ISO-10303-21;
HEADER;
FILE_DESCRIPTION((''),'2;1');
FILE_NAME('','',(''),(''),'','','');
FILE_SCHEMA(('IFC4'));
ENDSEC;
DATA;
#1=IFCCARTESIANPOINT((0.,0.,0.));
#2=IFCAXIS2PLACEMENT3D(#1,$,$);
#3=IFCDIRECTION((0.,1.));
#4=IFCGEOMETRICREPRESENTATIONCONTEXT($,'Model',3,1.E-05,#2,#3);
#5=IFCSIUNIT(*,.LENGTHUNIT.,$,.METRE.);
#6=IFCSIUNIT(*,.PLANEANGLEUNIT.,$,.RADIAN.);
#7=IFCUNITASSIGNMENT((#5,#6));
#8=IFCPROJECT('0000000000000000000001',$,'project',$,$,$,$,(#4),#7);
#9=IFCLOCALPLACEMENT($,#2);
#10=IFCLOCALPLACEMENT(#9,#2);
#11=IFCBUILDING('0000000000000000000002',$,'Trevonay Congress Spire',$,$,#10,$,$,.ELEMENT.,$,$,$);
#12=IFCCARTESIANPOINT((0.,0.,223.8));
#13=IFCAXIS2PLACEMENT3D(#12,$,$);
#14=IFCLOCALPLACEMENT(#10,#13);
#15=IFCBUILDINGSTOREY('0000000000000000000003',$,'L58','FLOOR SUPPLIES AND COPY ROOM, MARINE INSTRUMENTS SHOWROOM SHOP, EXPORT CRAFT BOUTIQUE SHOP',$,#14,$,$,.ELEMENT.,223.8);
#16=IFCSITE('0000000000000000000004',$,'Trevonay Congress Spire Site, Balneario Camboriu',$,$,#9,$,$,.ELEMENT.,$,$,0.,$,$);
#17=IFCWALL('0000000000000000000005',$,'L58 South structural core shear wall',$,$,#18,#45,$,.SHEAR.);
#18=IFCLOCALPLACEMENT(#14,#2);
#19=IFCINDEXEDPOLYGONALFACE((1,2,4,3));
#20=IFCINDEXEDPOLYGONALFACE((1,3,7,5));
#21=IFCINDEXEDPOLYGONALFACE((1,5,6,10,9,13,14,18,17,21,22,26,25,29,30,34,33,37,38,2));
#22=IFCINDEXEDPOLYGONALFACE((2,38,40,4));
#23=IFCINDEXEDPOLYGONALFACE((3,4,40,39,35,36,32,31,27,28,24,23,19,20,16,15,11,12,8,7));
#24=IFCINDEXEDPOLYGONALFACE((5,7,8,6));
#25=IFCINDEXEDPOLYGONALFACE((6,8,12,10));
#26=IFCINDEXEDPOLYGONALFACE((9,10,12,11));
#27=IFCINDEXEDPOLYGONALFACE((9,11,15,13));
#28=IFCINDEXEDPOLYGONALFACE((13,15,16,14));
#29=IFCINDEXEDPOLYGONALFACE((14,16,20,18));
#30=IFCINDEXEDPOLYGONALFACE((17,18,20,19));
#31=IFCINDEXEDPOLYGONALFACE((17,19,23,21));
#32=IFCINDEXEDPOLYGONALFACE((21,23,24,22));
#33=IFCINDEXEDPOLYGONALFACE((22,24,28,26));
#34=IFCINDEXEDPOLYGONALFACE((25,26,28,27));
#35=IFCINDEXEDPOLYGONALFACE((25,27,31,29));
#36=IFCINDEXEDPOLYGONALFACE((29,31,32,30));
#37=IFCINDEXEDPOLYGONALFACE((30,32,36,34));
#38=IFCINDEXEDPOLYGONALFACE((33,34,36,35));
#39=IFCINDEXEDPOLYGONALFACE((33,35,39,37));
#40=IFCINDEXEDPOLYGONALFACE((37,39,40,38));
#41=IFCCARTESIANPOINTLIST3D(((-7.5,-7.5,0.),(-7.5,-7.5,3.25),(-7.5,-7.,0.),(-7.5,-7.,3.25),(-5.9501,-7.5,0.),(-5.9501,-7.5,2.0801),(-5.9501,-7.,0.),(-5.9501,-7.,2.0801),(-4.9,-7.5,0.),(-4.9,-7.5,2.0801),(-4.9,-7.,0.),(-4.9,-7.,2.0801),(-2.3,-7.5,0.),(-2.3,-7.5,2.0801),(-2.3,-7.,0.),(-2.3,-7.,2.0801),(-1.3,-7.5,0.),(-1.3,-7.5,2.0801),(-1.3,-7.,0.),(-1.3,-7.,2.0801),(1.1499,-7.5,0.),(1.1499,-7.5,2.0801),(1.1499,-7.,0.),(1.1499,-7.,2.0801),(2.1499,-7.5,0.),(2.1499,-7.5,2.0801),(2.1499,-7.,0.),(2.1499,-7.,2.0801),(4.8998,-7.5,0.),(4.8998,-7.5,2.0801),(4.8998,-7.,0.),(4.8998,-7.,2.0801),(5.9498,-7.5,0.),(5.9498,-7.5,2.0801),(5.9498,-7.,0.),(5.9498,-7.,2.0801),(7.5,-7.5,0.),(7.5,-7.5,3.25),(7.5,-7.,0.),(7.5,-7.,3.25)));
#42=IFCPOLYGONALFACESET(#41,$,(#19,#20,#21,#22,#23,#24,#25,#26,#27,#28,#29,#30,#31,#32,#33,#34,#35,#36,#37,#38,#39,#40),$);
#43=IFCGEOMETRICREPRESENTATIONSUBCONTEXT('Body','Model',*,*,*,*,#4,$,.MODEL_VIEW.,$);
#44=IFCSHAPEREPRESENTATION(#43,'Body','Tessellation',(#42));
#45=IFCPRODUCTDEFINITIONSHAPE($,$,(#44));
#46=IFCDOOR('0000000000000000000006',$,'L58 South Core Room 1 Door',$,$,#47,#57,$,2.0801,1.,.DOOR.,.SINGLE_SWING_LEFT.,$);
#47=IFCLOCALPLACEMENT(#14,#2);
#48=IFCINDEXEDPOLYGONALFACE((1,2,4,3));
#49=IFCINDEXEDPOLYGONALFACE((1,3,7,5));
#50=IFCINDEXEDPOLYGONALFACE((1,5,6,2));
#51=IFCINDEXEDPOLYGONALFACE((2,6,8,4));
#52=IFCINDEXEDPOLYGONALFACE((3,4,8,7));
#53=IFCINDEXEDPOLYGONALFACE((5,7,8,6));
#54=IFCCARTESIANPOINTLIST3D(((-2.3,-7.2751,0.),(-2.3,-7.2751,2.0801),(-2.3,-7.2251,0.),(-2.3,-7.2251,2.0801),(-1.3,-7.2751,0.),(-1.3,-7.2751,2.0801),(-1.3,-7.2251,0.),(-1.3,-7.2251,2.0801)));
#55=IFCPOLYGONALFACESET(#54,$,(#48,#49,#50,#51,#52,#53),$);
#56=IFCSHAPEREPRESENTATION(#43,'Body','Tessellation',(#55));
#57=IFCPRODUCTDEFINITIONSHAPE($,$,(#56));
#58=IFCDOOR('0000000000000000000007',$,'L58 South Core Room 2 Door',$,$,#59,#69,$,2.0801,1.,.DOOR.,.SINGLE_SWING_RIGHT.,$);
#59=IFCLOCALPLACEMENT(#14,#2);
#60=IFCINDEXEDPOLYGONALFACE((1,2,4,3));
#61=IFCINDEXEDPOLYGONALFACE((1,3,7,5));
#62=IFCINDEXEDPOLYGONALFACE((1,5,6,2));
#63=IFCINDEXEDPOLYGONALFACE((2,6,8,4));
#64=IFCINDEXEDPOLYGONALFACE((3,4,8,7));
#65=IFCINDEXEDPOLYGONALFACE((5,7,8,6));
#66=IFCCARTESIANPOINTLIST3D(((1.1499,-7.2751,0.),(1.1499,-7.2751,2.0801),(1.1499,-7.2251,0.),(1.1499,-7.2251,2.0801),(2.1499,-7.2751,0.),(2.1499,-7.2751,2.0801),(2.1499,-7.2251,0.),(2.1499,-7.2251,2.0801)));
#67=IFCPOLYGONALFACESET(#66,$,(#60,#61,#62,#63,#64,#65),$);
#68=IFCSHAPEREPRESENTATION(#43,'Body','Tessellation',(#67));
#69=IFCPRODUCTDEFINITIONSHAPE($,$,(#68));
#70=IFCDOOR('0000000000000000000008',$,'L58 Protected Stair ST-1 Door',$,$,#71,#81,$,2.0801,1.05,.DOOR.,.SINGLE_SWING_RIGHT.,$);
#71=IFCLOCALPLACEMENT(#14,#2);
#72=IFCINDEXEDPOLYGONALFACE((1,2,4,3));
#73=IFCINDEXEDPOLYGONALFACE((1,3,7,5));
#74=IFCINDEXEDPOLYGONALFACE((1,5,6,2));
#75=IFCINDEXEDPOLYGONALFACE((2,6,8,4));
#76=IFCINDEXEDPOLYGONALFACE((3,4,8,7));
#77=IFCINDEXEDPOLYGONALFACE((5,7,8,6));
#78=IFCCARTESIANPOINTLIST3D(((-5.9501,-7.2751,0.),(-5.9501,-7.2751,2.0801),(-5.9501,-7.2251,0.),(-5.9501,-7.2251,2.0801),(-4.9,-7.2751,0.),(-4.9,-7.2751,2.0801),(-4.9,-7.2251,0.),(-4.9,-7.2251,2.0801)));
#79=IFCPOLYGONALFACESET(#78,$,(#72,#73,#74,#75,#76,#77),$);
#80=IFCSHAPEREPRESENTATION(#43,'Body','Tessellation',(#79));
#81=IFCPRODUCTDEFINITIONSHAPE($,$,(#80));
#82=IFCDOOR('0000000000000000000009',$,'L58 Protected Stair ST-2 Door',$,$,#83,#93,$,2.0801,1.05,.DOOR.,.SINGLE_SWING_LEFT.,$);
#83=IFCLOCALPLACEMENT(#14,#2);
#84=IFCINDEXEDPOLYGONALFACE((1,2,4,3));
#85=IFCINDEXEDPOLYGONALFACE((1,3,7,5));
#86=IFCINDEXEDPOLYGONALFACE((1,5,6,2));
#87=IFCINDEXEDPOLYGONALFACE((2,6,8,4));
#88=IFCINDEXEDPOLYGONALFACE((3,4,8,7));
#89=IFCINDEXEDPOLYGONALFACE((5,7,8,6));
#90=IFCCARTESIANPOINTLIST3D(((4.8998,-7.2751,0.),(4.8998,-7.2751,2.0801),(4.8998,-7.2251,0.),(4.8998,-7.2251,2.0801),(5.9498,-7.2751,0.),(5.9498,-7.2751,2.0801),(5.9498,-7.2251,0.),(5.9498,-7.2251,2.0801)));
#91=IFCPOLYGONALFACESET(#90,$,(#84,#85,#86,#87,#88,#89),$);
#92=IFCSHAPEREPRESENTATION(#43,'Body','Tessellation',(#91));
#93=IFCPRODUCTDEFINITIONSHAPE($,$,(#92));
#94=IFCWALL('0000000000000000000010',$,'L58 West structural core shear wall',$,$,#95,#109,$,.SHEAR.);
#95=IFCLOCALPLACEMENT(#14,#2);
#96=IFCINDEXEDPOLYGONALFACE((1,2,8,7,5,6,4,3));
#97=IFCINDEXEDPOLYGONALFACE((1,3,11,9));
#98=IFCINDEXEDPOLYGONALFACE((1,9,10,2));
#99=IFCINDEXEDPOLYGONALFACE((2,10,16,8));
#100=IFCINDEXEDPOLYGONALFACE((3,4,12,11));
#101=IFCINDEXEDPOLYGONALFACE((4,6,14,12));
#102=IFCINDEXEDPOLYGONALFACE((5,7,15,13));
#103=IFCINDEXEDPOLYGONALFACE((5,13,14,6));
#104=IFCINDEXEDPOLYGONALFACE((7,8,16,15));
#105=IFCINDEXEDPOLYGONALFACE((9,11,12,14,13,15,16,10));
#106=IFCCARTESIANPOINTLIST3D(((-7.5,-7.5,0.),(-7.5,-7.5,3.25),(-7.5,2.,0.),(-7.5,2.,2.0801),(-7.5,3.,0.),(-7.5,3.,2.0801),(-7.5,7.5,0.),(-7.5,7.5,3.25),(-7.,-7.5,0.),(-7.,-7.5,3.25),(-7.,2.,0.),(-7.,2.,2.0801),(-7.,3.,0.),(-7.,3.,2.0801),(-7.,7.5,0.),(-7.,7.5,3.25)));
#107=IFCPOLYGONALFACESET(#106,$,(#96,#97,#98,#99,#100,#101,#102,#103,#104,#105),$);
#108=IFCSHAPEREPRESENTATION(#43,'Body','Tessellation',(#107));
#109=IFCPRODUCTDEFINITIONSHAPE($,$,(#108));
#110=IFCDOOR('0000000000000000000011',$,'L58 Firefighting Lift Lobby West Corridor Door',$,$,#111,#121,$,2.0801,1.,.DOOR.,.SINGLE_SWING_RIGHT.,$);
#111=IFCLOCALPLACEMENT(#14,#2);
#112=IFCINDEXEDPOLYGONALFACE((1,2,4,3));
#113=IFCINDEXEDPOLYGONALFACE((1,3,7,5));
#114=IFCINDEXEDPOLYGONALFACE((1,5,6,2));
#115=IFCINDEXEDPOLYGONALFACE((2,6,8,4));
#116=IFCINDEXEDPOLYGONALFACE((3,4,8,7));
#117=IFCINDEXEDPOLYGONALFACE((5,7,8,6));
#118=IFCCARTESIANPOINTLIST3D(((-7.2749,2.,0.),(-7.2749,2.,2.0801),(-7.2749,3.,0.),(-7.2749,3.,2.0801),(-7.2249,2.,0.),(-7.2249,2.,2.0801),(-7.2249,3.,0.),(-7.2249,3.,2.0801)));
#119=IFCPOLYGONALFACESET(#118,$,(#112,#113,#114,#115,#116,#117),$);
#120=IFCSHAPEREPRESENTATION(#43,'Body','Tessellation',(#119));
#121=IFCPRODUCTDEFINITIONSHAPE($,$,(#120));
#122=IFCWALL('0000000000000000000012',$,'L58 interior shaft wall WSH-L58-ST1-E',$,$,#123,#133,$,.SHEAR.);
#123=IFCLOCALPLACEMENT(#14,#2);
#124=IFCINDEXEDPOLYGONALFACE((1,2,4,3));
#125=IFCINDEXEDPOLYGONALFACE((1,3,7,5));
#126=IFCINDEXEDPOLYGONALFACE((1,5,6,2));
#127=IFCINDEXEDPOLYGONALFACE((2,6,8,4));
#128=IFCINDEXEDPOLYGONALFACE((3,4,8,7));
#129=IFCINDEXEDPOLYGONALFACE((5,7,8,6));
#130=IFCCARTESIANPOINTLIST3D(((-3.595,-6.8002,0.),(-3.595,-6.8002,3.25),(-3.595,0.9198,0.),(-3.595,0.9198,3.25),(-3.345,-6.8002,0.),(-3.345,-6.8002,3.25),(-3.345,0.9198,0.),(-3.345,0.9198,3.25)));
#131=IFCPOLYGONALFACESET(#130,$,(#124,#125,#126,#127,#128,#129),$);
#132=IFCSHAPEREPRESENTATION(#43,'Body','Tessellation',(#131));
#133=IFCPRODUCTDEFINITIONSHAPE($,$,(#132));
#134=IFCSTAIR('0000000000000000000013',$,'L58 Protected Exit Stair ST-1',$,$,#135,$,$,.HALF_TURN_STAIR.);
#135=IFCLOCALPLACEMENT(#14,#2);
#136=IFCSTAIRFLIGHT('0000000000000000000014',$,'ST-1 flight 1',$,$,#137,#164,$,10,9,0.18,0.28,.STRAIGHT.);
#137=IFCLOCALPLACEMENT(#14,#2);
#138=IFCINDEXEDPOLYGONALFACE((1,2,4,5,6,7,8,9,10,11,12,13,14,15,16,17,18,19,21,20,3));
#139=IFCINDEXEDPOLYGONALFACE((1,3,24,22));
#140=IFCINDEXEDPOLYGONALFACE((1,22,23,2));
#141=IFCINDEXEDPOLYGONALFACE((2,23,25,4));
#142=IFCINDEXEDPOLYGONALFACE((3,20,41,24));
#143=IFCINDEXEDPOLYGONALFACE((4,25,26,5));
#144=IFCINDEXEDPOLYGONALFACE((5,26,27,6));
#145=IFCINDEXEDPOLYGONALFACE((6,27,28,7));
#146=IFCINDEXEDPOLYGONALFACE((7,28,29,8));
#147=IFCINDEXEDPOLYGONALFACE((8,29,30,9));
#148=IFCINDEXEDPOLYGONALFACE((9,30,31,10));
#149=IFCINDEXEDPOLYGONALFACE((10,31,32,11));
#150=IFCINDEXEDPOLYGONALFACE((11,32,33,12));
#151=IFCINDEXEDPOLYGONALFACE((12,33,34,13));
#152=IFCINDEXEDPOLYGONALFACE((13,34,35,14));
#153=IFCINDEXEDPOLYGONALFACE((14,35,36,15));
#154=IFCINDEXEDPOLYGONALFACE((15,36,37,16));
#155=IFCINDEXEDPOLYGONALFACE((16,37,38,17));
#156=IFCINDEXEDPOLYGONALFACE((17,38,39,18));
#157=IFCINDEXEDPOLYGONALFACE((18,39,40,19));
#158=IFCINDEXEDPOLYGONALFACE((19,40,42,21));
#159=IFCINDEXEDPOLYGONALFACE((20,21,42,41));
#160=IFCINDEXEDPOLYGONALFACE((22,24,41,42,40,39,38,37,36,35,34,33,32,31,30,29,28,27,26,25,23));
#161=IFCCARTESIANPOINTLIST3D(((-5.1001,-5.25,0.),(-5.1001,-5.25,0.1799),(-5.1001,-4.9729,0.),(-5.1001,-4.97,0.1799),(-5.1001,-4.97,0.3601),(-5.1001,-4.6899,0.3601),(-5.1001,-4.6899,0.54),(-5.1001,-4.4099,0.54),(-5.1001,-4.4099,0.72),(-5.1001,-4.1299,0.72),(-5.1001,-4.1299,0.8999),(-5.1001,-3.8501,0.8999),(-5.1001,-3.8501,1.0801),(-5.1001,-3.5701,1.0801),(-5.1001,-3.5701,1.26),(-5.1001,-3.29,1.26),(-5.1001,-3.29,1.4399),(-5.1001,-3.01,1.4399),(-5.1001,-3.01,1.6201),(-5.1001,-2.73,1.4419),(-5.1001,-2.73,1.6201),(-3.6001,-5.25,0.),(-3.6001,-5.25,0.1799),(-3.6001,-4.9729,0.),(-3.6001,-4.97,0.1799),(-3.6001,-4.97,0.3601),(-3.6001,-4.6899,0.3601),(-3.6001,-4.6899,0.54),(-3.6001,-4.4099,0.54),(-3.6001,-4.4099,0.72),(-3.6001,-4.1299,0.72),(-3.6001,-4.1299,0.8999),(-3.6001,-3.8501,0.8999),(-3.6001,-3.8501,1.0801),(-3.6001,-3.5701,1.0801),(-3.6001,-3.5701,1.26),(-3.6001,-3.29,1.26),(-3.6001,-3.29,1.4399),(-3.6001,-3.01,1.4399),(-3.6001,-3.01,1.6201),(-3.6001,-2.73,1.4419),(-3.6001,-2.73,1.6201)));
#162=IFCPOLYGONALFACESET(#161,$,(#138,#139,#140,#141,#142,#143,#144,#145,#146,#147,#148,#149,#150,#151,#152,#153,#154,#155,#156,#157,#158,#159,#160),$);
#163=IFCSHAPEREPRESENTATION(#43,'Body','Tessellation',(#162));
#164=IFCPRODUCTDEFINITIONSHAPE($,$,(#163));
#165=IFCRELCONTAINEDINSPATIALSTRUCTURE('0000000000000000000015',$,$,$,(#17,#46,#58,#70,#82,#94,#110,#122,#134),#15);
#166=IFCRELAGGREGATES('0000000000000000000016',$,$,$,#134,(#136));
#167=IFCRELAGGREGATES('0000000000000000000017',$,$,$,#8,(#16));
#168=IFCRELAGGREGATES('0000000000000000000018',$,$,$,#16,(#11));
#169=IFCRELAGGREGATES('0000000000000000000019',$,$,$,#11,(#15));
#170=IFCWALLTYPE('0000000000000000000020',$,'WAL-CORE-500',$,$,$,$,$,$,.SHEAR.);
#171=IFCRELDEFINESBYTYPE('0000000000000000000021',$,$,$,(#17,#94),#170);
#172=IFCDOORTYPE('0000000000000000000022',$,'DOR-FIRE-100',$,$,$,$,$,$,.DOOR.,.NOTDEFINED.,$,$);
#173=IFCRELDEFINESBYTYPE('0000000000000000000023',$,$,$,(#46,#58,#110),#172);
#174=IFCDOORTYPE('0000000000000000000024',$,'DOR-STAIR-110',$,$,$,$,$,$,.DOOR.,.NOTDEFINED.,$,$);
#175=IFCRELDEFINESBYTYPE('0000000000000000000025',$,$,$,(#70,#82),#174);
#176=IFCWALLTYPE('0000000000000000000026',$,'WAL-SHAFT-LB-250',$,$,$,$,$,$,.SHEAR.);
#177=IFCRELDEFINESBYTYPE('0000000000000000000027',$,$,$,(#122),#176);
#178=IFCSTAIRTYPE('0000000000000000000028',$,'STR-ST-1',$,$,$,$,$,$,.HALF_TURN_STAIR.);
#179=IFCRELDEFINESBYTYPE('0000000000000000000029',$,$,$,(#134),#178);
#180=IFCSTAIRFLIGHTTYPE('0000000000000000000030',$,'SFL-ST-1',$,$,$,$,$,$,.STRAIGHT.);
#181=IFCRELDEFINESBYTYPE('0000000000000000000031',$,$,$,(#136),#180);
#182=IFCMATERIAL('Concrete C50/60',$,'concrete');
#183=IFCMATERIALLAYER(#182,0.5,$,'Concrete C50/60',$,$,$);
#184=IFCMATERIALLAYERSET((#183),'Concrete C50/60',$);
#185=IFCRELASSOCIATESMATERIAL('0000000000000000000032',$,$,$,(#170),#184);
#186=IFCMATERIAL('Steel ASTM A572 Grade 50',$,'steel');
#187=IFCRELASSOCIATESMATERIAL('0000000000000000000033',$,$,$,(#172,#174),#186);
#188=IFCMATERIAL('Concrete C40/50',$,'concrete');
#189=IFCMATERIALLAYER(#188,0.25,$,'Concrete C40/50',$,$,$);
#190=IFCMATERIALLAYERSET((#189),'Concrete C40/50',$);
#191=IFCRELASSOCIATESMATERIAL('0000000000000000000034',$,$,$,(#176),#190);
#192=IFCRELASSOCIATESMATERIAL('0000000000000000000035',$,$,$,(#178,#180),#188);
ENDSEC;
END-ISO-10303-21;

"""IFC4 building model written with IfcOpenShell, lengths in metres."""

from ifc_helpers import new_model, si_unit, direction, frame, frame_2d, origin, place, context, subcontext, project, spatial, polyline, rectangle, outline, extrude, material, layer, layer_set, type_object, element, fill, aggregate, save


model = new_model("IFC4")

# Units and contexts
model_context = context("Model", 3, precision=1e-05, world=origin(), true_north=direction((0.0, 1.0)))
body_context = subcontext(model_context, "Body", "Model", "MODEL_VIEW")
ifc_project = project(units=[si_unit("LENGTHUNIT", "METRE"), si_unit("PLANEANGLEUNIT", "RADIAN")], contexts=[model_context])

# Site, building, storey
site_placement = place(None, origin())
site = spatial("IfcSite", under=ifc_project, at=site_placement, Name="Trevonay Congress Spire Site, Balneario Camboriu", CompositionType="ELEMENT", RefElevation=0.0)
building_placement = place(site_placement, origin())
building = spatial("IfcBuilding", under=site, at=building_placement, Name="Trevonay Congress Spire", CompositionType="ELEMENT")
storey_placement = place(building_placement, frame((0.0, 0.0, 223.8)))
storey = spatial("IfcBuildingStorey", under=building, at=storey_placement, Name="L58", Description="FLOOR SUPPLIES AND COPY ROOM, MARINE INSTRUMENTS SHOWROOM SHOP, EXPORT CRAFT BOUTIQUE SHOP", CompositionType="ELEMENT", Elevation=223.8)

# Shared definitions
ifc_material_1 = material(Name="Steel ASTM A572 Grade 50", Category="steel")

# Wall, openings, doors
ifc_material_2 = material(Name="Concrete C50/60", Category="concrete")
ifc_layer_1 = layer(ifc_material_2, 0.5, Name="Concrete C50/60")
ifc_layer_set_1 = layer_set([ifc_layer_1], Name="Concrete C50/60")
wall_type_1 = type_object("IfcWallType", Name="WAL-CORE-500", PredefinedType="SHEAR", material=ifc_layer_set_1)
wall_1_placement = place(storey_placement, frame((-7.5, -7.25, 0.0), z_axis=(0.0, 0.0, 1.0), x_axis=(1.0, 0.0, 0.0)))
wall_1 = element("IfcWall", 1, at=wall_1_placement, inside=storey, type_object=wall_type_1, Name="L58 South structural core shear wall", PredefinedType="SHEAR", context=body_context, shape_type="SweptSolid", body=[
    extrude(rectangle(XDim=15.0, YDim=0.5, at=frame_2d((7.5, 0.0))), origin(), (0.0, 0.0, 1.0), 3.25),
])
opening_1_placement = place(wall_1_placement, frame((1.55, 0.0, 0.0)))
opening_1 = element("IfcOpeningElement", 2, at=opening_1_placement, cuts=wall_1, PredefinedType="OPENING", context=body_context, shape_type="SweptSolid", body=[
    extrude(rectangle(XDim=1.05, YDim=2.0801, at=frame_2d((0.5249, 1.04))), frame((0.0, 0.26, 0.0), z_axis=(0.0, -1.0, 0.0), x_axis=(1.0, 0.0, 0.0)), (0.0, 0.0, 1.0), 0.52),
])
opening_2_placement = place(wall_1_placement, frame((12.3999, 0.0, 0.0)))
opening_2 = element("IfcOpeningElement", 3, at=opening_2_placement, cuts=wall_1, PredefinedType="OPENING", context=body_context, shape_type="SweptSolid", body=[
    extrude(rectangle(XDim=1.05, YDim=2.0801, at=frame_2d((0.5249, 1.04))), frame((0.0, 0.26, 0.0), z_axis=(0.0, -1.0, 0.0), x_axis=(1.0, 0.0, 0.0)), (0.0, 0.0, 1.0), 0.52),
])
opening_3_placement = place(wall_1_placement, frame((5.2, 0.0, 0.0)))
opening_3 = element("IfcOpeningElement", 4, at=opening_3_placement, cuts=wall_1, PredefinedType="OPENING", context=body_context, shape_type="SweptSolid", body=[
    extrude(rectangle(XDim=1.0, YDim=2.0801, at=frame_2d((0.5, 1.04))), frame((0.0, 0.26, 0.0), z_axis=(0.0, -1.0, 0.0), x_axis=(1.0, 0.0, 0.0)), (0.0, 0.0, 1.0), 0.52),
])
opening_4_placement = place(wall_1_placement, frame((8.6499, 0.0, 0.0)))
opening_4 = element("IfcOpeningElement", 5, at=opening_4_placement, cuts=wall_1, PredefinedType="OPENING", context=body_context, shape_type="SweptSolid", body=[
    extrude(rectangle(XDim=1.0, YDim=2.0801, at=frame_2d((0.5, 1.04))), frame((0.0, 0.26, 0.0), z_axis=(0.0, -1.0, 0.0), x_axis=(1.0, 0.0, 0.0)), (0.0, 0.0, 1.0), 0.52),
])
door_type_1 = type_object("IfcDoorType", Name="DOR-FIRE-100", OperationType="NOTDEFINED", PredefinedType="DOOR", material=ifc_material_1)
door_1_placement = place(opening_3_placement, origin())
door_1 = element("IfcDoor", 6, at=door_1_placement, inside=storey, type_object=door_type_1, Name="L58 South Core Room 1 Door", OperationType="SINGLE_SWING_LEFT", OverallHeight=2.0801, OverallWidth=1.0, PredefinedType="DOOR", context=body_context, shape_type="SweptSolid", body=[
    extrude(rectangle(XDim=1.0, YDim=2.0801, at=frame_2d((0.5, 1.04))), frame((0.0, 0.0249, 0.0), z_axis=(0.0, -1.0, 0.0), x_axis=(1.0, 0.0, 0.0)), (0.0, 0.0, 1.0), 0.05),
])
fill(opening_3, door_1)
door_2_placement = place(opening_4_placement, origin())
door_2 = element("IfcDoor", 7, at=door_2_placement, inside=storey, type_object=door_type_1, Name="L58 South Core Room 2 Door", OperationType="SINGLE_SWING_RIGHT", OverallHeight=2.0801, OverallWidth=1.0, PredefinedType="DOOR", context=body_context, shape_type="SweptSolid", body=[
    extrude(rectangle(XDim=1.0, YDim=2.0801, at=frame_2d((0.5, 1.04))), frame((0.0, 0.0249, 0.0), z_axis=(0.0, -1.0, 0.0), x_axis=(1.0, 0.0, 0.0)), (0.0, 0.0, 1.0), 0.05),
])
fill(opening_4, door_2)
door_type_2 = type_object("IfcDoorType", Name="DOR-STAIR-110", OperationType="NOTDEFINED", PredefinedType="DOOR", material=ifc_material_1)
door_3_placement = place(opening_1_placement, origin())
door_3 = element("IfcDoor", 8, at=door_3_placement, inside=storey, type_object=door_type_2, Name="L58 Protected Stair ST-1 Door", OperationType="SINGLE_SWING_RIGHT", OverallHeight=2.0801, OverallWidth=1.05, PredefinedType="DOOR", context=body_context, shape_type="SweptSolid", body=[
    extrude(rectangle(XDim=1.05, YDim=2.0801, at=frame_2d((0.5249, 1.04))), frame((0.0, 0.0249, 0.0), z_axis=(0.0, -1.0, 0.0), x_axis=(1.0, 0.0, 0.0)), (0.0, 0.0, 1.0), 0.05),
])
fill(opening_1, door_3)
door_4_placement = place(opening_2_placement, origin())
door_4 = element("IfcDoor", 9, at=door_4_placement, inside=storey, type_object=door_type_2, Name="L58 Protected Stair ST-2 Door", OperationType="SINGLE_SWING_LEFT", OverallHeight=2.0801, OverallWidth=1.05, PredefinedType="DOOR", context=body_context, shape_type="SweptSolid", body=[
    extrude(rectangle(XDim=1.05, YDim=2.0801, at=frame_2d((0.5249, 1.04))), frame((0.0, 0.0249, 0.0), z_axis=(0.0, -1.0, 0.0), x_axis=(1.0, 0.0, 0.0)), (0.0, 0.0, 1.0), 0.05),
])
fill(opening_2, door_4)

# Wall, opening, door
wall_2_placement = place(storey_placement, frame((-7.25, -7.5, 0.0), z_axis=(0.0, 0.0, 1.0), x_axis=(0.0, 1.0, 0.0)))
wall_2 = element("IfcWall", 10, at=wall_2_placement, inside=storey, type_object=wall_type_1, Name="L58 West structural core shear wall", PredefinedType="SHEAR", context=body_context, shape_type="SweptSolid", body=[
    extrude(rectangle(XDim=15.0, YDim=0.5, at=frame_2d((7.5, 0.0))), origin(), (0.0, 0.0, 1.0), 3.25),
])
opening_5_placement = place(wall_2_placement, frame((9.5, 0.0, 0.0)))
opening_5 = element("IfcOpeningElement", 11, at=opening_5_placement, cuts=wall_2, PredefinedType="OPENING", context=body_context, shape_type="SweptSolid", body=[
    extrude(rectangle(XDim=1.0, YDim=2.0801, at=frame_2d((0.5, 1.04))), frame((0.0, 0.26, 0.0), z_axis=(0.0, -1.0, 0.0), x_axis=(1.0, 0.0, 0.0)), (0.0, 0.0, 1.0), 0.52),
])
door_5_placement = place(opening_5_placement, origin())
door_5 = element("IfcDoor", 12, at=door_5_placement, inside=storey, type_object=door_type_1, Name="L58 Firefighting Lift Lobby West Corridor Door", OperationType="SINGLE_SWING_RIGHT", OverallHeight=2.0801, OverallWidth=1.0, PredefinedType="DOOR", context=body_context, shape_type="SweptSolid", body=[
    extrude(rectangle(XDim=1.0, YDim=2.0801, at=frame_2d((0.5, 1.04))), frame((0.0, 0.0249, 0.0), z_axis=(0.0, -1.0, 0.0), x_axis=(1.0, 0.0, 0.0)), (0.0, 0.0, 1.0), 0.05),
])
fill(opening_5, door_5)

# Wall
ifc_material_3 = material(Name="Concrete C40/50", Category="concrete")
ifc_layer_2 = layer(ifc_material_3, 0.25, Name="Concrete C40/50")
ifc_layer_set_2 = layer_set([ifc_layer_2], Name="Concrete C40/50")
wall_type_2 = type_object("IfcWallType", Name="WAL-SHAFT-LB-250", PredefinedType="SHEAR", material=ifc_layer_set_2)
wall_3_placement = place(storey_placement, frame((-3.47, -6.8, 0.0), z_axis=(0.0, 0.0, 1.0), x_axis=(0.0, 1.0, 0.0)))
element("IfcWall", 13, at=wall_3_placement, inside=storey, type_object=wall_type_2, Name="L58 interior shaft wall WSH-L58-ST1-E", PredefinedType="SHEAR", context=body_context, shape_type="SweptSolid", body=[
    extrude(rectangle(XDim=7.72, YDim=0.25, at=frame_2d((3.8599, 0.0))), origin(), (0.0, 0.0, 1.0), 3.25),
])

# Stair, stair flight
stair_type = type_object("IfcStairType", Name="STR-ST-1", PredefinedType="HALF_TURN_STAIR", material=ifc_material_3)
stair_placement = place(storey_placement, origin())
stair = element("IfcStair", 14, at=stair_placement, inside=storey, type_object=stair_type, Name="L58 Protected Exit Stair ST-1", PredefinedType="HALF_TURN_STAIR")
stair_flight_type = type_object("IfcStairFlightType", Name="SFL-ST-1", PredefinedType="STRAIGHT", material=ifc_material_3)
stair_flight_1_placement = place(storey_placement, frame((-4.3501, -5.25, 0.0), z_axis=(0.0, 0.0, 1.0), x_axis=(0.0, 1.0, 0.0)))
stair_flight_1 = element("IfcStairFlight", 15, at=stair_flight_1_placement, type_object=stair_flight_type, Name="ST-1 flight 1", NumberOfRisers=10, NumberOfTreads=9, PredefinedType="STRAIGHT", RiserHeight=0.18, TreadLength=0.28, context=body_context, shape_type="SweptSolid", body=[
    extrude(outline(polyline([(0.0, 0.0), (0.0, 0.1799), (0.28, 0.1799), (0.28, 0.3601), (0.5601, 0.3601), (0.5601, 0.54), (0.8401, 0.54), (0.8401, 0.72), (1.1201, 0.72), (1.1201, 0.8999), (1.3999, 0.8999), (1.3999, 1.0801), (1.6799, 1.0801), (1.6799, 1.26), (1.96, 1.26), (1.96, 1.4399), (2.24, 1.4399), (2.24, 1.6201), (2.52, 1.6201), (2.52, 1.8), (2.52, 1.4419), (0.2771, 0.0), (0.0, 0.0)])), frame((0.0, 0.75, 0.0), z_axis=(0.0, -1.0, 0.0), x_axis=(1.0, 0.0, 0.0)), (0.0, 0.0, 1.0), 1.5),
])
aggregate(stair, [stair_flight_1])

save(model, "model.ifc")
